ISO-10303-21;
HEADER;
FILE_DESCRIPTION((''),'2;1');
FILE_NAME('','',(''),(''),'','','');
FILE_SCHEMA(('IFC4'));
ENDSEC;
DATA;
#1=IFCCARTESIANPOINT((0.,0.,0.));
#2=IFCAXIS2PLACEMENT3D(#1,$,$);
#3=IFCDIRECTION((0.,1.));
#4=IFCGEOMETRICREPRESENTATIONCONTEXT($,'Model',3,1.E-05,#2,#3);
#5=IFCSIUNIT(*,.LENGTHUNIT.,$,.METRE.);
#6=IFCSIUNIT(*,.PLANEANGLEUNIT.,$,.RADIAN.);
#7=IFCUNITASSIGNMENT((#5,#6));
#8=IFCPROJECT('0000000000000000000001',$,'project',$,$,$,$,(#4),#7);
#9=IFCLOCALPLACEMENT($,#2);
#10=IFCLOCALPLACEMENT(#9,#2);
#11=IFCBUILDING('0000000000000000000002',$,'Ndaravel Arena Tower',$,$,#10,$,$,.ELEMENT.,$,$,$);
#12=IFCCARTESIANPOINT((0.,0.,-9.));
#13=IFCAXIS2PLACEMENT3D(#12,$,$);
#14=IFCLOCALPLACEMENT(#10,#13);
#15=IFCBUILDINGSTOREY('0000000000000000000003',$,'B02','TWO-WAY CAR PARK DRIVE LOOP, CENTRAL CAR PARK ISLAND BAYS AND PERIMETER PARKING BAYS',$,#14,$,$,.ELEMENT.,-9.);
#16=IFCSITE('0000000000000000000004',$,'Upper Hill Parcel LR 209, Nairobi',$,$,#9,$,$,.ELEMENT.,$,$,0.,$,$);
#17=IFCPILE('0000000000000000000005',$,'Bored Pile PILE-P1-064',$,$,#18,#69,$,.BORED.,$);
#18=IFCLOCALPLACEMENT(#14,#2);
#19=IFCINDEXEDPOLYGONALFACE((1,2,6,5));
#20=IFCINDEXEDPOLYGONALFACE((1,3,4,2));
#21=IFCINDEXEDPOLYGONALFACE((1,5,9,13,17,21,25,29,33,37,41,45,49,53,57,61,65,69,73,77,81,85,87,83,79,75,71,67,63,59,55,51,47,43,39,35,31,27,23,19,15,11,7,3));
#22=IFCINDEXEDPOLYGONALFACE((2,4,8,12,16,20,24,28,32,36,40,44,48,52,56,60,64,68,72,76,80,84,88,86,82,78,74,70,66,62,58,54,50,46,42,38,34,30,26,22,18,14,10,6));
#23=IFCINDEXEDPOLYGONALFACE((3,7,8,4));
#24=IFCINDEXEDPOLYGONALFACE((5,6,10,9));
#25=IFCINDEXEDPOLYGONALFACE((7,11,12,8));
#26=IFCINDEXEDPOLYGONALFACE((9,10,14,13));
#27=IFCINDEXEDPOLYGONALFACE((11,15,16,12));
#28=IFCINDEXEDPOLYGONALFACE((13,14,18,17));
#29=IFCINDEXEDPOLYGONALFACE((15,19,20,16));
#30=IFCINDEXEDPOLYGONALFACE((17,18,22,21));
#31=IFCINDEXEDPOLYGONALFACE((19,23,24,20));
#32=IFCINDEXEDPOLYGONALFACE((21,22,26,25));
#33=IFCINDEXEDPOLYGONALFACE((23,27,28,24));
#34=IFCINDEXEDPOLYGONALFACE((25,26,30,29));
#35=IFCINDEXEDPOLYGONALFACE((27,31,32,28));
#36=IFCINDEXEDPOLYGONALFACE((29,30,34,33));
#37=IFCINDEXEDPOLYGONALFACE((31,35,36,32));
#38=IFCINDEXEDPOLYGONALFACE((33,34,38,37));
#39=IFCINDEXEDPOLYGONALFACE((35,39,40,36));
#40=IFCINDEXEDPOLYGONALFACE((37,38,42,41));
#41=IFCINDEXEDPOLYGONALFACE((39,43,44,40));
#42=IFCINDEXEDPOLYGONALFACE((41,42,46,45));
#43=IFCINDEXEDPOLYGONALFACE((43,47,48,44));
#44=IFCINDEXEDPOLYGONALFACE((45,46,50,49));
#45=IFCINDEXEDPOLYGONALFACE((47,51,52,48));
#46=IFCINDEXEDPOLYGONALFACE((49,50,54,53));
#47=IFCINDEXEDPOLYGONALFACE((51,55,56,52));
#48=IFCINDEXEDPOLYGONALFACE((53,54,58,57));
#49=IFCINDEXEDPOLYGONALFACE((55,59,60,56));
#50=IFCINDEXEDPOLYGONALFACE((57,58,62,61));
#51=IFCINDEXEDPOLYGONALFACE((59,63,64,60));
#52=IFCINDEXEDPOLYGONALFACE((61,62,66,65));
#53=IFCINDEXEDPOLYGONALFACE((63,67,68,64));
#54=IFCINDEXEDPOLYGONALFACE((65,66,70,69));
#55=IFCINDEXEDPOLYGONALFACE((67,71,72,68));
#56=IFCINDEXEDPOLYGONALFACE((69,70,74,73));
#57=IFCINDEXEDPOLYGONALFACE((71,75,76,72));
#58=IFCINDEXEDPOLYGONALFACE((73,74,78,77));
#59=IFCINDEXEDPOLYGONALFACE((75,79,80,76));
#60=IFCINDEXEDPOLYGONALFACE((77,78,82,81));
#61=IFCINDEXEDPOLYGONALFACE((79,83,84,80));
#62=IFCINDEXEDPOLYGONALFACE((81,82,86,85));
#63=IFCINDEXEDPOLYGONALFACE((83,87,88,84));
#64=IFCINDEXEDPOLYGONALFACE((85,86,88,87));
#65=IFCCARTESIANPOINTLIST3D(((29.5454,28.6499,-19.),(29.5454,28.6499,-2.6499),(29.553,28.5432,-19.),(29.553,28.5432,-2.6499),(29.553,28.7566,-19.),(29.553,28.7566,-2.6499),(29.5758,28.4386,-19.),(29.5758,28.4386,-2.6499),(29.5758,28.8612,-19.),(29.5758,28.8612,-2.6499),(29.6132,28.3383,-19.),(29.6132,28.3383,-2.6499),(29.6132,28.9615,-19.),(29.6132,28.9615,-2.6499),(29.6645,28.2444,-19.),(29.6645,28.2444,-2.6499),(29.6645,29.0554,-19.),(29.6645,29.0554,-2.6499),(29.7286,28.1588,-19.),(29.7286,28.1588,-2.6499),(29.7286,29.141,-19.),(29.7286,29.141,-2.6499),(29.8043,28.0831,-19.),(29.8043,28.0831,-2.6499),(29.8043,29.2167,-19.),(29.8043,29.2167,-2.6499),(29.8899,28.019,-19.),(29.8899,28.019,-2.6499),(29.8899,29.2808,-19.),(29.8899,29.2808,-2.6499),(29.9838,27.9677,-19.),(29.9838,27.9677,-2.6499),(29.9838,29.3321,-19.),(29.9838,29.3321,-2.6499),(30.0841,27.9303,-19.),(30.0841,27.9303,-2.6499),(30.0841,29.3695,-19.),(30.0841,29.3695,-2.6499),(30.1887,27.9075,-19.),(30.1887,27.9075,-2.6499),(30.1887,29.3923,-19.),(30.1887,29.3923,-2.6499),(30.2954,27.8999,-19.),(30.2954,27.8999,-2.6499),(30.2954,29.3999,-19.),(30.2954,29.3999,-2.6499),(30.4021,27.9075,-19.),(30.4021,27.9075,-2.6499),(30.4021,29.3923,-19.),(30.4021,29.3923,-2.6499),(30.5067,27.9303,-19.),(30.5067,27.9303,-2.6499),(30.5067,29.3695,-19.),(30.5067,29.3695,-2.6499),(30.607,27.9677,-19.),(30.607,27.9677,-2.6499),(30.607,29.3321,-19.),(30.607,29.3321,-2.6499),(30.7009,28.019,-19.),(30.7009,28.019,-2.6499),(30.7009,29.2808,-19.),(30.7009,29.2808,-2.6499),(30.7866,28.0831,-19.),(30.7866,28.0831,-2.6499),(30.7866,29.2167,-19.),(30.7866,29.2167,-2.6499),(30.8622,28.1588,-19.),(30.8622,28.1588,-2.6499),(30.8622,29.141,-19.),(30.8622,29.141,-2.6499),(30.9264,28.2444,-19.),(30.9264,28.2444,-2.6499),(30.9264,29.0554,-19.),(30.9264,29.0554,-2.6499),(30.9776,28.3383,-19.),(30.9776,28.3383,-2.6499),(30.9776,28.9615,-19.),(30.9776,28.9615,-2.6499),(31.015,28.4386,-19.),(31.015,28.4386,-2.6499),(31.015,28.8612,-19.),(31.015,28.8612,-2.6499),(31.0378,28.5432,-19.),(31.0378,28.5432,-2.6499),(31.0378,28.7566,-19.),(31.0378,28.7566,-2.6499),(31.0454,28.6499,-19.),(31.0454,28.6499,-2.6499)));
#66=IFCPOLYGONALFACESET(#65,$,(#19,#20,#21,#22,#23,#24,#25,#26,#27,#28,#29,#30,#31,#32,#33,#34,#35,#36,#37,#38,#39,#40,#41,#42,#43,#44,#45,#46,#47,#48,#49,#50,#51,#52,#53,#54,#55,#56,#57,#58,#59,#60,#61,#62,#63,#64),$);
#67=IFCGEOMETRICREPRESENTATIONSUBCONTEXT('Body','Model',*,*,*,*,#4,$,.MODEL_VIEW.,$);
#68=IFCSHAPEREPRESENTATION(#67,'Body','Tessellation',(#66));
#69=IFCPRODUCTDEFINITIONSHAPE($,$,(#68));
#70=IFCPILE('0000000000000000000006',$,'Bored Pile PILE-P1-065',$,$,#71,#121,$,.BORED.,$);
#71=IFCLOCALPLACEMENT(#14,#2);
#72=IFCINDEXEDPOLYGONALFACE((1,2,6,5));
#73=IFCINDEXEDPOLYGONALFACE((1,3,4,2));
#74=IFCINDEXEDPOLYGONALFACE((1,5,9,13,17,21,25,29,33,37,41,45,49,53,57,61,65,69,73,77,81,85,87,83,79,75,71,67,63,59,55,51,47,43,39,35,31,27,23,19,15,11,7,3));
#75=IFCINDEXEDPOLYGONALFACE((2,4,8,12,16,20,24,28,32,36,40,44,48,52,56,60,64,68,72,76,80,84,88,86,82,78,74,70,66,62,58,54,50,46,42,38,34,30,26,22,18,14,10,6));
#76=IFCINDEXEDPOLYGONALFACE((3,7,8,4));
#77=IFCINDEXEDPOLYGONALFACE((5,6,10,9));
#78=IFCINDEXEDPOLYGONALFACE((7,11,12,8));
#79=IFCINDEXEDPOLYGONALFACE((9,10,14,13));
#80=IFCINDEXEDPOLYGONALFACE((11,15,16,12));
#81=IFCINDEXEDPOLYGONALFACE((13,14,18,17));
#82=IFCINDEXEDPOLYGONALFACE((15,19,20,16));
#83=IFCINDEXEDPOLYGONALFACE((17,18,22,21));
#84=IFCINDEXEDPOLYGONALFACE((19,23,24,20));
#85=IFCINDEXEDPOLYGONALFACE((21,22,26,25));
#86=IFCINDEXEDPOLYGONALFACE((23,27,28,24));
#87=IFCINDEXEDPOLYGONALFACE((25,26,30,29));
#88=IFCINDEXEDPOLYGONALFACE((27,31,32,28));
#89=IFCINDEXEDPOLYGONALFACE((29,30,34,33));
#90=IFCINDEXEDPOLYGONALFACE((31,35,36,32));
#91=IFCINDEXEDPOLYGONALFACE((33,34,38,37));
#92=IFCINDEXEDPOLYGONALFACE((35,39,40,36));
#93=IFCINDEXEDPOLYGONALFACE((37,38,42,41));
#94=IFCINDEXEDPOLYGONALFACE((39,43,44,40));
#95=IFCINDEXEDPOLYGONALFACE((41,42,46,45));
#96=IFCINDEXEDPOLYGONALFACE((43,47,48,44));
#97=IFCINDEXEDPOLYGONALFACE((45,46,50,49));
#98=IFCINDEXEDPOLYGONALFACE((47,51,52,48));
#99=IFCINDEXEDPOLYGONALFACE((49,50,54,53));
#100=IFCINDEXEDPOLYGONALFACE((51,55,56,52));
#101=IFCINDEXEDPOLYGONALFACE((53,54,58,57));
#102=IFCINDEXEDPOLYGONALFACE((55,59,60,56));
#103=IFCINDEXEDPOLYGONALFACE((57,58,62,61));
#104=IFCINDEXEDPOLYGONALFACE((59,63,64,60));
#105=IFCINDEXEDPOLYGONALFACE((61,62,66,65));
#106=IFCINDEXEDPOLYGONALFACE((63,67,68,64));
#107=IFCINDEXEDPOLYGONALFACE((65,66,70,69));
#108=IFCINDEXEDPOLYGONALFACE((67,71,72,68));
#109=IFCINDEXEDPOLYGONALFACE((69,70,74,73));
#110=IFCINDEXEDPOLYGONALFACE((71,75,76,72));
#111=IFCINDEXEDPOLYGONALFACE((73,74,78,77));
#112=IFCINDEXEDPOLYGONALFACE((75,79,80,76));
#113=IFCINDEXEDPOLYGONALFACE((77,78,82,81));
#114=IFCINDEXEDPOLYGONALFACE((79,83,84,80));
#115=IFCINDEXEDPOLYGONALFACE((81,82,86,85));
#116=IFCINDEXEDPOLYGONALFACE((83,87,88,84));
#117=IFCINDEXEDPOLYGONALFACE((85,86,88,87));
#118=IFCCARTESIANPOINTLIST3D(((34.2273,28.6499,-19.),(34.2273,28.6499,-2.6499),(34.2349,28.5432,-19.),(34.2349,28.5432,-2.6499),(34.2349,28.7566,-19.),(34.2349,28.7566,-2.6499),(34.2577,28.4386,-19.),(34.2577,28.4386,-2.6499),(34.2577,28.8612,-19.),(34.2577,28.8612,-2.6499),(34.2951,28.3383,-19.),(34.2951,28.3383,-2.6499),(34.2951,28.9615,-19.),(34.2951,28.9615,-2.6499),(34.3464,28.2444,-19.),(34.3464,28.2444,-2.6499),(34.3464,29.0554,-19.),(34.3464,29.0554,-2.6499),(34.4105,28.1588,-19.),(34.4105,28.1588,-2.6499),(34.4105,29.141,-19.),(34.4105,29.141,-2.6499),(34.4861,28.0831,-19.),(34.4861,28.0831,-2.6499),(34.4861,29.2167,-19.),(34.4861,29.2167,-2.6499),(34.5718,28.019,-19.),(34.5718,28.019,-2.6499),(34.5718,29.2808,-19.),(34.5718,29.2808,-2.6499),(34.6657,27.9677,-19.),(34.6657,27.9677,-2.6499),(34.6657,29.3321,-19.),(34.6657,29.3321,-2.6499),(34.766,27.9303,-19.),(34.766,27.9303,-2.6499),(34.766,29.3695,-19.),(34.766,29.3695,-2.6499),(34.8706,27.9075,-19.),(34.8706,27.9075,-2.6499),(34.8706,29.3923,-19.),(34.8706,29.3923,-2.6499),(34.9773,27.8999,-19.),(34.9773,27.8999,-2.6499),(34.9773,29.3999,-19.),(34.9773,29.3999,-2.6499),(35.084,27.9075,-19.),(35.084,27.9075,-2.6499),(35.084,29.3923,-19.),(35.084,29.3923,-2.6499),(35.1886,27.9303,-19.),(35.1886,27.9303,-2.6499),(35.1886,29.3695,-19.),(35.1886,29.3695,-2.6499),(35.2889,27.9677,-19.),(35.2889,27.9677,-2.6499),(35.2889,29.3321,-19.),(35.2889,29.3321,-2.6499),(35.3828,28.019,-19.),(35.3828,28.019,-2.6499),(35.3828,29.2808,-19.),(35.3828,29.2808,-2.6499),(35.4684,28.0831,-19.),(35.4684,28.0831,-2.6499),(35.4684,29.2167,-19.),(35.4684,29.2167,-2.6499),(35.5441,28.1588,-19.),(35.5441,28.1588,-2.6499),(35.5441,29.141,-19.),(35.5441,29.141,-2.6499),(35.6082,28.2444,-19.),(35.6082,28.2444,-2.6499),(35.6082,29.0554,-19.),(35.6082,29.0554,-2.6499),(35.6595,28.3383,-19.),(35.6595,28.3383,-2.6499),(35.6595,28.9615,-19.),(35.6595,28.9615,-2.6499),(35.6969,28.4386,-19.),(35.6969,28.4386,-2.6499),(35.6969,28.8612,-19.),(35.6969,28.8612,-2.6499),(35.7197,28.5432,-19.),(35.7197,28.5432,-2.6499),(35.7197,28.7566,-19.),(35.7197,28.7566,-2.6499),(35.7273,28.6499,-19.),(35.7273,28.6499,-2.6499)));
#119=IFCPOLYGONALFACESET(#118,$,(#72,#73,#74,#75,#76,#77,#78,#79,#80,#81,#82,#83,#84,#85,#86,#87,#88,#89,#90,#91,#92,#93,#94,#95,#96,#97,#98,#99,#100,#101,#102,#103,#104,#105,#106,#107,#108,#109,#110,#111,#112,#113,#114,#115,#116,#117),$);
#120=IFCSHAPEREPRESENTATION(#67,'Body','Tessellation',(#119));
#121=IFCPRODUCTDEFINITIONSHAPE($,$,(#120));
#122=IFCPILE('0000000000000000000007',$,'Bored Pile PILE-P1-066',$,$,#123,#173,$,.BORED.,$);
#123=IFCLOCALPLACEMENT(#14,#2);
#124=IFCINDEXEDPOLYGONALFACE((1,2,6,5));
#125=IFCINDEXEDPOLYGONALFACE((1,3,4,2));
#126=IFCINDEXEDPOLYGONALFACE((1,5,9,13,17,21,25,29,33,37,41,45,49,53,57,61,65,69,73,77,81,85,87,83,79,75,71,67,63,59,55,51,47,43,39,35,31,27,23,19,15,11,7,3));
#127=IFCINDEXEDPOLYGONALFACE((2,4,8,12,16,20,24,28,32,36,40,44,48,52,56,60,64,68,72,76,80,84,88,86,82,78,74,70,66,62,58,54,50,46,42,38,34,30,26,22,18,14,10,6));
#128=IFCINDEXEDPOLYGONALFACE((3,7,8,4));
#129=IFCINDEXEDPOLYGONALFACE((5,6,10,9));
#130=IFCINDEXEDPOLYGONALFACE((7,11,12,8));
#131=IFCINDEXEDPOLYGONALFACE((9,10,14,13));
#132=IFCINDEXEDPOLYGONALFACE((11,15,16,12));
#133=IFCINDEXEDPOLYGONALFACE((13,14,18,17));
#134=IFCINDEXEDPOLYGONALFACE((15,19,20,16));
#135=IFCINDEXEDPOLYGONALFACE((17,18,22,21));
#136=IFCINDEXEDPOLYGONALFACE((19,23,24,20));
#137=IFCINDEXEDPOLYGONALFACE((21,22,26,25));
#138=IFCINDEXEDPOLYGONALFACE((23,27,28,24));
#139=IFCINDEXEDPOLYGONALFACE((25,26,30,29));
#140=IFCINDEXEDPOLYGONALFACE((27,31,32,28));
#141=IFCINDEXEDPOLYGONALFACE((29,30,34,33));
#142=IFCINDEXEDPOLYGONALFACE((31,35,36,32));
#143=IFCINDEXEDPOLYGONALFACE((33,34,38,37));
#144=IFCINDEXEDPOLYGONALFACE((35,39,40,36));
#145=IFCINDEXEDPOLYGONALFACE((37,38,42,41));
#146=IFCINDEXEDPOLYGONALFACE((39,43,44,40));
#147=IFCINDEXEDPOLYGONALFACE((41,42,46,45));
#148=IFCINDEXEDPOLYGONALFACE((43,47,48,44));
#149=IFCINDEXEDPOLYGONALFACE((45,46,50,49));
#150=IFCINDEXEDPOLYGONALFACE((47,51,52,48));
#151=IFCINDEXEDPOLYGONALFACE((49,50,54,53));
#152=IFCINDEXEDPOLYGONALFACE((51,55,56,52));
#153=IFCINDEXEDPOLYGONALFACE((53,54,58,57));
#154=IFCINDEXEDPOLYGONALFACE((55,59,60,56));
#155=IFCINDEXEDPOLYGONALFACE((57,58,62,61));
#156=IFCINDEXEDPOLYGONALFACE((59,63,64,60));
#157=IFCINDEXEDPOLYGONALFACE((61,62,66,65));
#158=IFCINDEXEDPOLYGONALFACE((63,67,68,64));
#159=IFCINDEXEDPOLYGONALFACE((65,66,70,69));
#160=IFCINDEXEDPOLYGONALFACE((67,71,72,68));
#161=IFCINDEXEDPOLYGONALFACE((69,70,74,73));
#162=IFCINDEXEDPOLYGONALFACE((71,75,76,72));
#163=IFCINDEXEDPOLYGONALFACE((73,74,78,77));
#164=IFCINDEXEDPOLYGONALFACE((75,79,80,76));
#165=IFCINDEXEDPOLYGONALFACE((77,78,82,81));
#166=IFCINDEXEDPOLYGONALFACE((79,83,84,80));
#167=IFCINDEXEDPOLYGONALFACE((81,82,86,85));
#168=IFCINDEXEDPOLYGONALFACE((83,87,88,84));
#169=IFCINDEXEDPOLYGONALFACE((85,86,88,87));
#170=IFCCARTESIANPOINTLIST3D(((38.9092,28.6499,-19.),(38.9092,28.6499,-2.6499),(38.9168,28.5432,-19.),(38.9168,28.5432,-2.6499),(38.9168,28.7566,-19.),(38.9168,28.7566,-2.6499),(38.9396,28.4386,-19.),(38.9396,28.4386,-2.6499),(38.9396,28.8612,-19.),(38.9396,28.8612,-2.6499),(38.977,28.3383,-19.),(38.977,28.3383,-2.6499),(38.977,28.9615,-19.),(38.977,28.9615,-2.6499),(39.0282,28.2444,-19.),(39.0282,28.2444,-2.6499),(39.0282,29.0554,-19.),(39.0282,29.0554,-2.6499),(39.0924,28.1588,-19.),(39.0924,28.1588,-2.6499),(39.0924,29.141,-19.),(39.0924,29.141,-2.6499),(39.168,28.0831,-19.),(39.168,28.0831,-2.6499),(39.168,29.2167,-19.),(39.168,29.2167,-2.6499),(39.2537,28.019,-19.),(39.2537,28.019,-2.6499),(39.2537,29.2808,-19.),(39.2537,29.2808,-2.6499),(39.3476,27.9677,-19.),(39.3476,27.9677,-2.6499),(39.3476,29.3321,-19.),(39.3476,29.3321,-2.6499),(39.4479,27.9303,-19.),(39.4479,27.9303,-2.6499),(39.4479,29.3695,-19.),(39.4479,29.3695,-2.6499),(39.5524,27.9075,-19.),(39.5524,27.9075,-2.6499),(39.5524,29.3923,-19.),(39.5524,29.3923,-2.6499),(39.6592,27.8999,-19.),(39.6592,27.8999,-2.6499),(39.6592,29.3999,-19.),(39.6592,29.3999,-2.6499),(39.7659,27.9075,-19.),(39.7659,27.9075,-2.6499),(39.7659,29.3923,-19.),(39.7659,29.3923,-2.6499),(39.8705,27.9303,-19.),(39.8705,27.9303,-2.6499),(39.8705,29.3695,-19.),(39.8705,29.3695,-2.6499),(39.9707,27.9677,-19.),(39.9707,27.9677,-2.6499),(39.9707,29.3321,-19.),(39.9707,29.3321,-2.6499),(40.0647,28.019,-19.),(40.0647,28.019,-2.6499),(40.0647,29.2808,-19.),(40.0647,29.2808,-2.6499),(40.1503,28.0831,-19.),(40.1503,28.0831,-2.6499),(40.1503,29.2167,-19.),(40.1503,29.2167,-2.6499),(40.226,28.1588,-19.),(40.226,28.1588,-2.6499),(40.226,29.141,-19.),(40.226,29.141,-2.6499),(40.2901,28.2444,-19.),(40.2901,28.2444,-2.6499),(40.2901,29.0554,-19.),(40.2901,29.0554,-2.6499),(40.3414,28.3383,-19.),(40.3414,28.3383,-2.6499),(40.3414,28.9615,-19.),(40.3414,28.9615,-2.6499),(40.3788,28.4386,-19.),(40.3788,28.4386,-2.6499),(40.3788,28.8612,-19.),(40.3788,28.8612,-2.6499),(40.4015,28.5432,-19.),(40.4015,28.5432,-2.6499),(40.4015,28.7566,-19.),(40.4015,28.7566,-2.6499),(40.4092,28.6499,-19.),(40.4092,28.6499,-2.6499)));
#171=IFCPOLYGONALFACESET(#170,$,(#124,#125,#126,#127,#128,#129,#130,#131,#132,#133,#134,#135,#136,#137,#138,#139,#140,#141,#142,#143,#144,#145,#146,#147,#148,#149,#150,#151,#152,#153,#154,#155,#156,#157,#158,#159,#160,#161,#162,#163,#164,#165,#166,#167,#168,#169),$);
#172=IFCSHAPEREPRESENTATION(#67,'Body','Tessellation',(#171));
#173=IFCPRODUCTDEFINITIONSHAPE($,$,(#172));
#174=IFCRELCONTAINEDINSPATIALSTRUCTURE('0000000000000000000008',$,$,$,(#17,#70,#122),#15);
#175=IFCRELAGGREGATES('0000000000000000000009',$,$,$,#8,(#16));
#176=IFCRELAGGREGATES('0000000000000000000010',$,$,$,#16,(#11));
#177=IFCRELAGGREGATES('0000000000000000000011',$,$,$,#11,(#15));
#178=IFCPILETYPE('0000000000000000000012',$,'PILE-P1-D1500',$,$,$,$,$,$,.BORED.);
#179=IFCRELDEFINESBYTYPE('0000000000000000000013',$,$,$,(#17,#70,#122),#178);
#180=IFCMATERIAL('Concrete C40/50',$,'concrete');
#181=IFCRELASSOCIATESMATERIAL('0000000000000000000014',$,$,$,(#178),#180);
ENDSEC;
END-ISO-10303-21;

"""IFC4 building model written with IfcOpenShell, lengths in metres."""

from ifc_helpers import new_model, si_unit, direction, frame, origin, origin_2d, place, context, subcontext, project, spatial, circle, extrude, material, material_profile, profile_set, type_object, element, save


model = new_model("IFC4")

# Units and contexts
model_context = context("Model", 3, precision=1e-05, world=origin(), true_north=direction((0.0, 1.0)))
body_context = subcontext(model_context, "Body", "Model", "MODEL_VIEW")
ifc_project = project(units=[si_unit("LENGTHUNIT", "METRE"), si_unit("PLANEANGLEUNIT", "RADIAN")], contexts=[model_context])

# Site, building, storey
site_placement = place(None, origin())
site = spatial("IfcSite", under=ifc_project, at=site_placement, Name="Upper Hill Parcel LR 209, Nairobi", CompositionType="ELEMENT", RefElevation=0.0)
building_placement = place(site_placement, origin())
building = spatial("IfcBuilding", under=site, at=building_placement, Name="Ndaravel Arena Tower", CompositionType="ELEMENT")
storey_placement = place(building_placement, frame((0.0, 0.0, -9.0)))
storey = spatial("IfcBuildingStorey", under=building, at=storey_placement, Name="B02", Description="TWO-WAY CAR PARK DRIVE LOOP, CENTRAL CAR PARK ISLAND BAYS AND PERIMETER PARKING BAYS", CompositionType="ELEMENT", Elevation=-9.0)

# Piles
ifc_material_1 = material(Name="Concrete C40/50", Category="concrete")
ifc_material_profile_1 = material_profile(ifc_material_1, circle(Radius=0.75, at=origin_2d()), Name="BORED PILE D1500")
ifc_profile_set_1 = profile_set([ifc_material_profile_1], Name="Concrete C40/50")
pile_type = type_object("IfcPileType", Name="PILE-P1-D1500", PredefinedType="BORED", material=ifc_profile_set_1)
for number, where, z_axis, x_axis, name in (
    (1, (30.2954, 28.6499, -2.6499), (0.0, 0.0, -1.0), (1.0, 0.0, 0.0), "Bored Pile PILE-P1-064"),
    (2, (34.9773, 28.6499, -2.6499), (0.0, 0.0, -1.0), (1.0, 0.0, 0.0), "Bored Pile PILE-P1-065"),
    (3, (39.6592, 28.6499, -2.6499), (0.0, 0.0, -1.0), (1.0, 0.0, 0.0), "Bored Pile PILE-P1-066"),
):
    element("IfcPile", number, at=place(storey_placement, frame(where, z_axis=z_axis, x_axis=x_axis)), inside=storey, type_object=pile_type, Name=name, PredefinedType="BORED", context=body_context, shape_type="SweptSolid", body=[
        extrude(circle(Radius=0.75, at=origin_2d()), origin(), (0.0, 0.0, 1.0), 16.3501),
    ])

save(model, "model.ifc")
